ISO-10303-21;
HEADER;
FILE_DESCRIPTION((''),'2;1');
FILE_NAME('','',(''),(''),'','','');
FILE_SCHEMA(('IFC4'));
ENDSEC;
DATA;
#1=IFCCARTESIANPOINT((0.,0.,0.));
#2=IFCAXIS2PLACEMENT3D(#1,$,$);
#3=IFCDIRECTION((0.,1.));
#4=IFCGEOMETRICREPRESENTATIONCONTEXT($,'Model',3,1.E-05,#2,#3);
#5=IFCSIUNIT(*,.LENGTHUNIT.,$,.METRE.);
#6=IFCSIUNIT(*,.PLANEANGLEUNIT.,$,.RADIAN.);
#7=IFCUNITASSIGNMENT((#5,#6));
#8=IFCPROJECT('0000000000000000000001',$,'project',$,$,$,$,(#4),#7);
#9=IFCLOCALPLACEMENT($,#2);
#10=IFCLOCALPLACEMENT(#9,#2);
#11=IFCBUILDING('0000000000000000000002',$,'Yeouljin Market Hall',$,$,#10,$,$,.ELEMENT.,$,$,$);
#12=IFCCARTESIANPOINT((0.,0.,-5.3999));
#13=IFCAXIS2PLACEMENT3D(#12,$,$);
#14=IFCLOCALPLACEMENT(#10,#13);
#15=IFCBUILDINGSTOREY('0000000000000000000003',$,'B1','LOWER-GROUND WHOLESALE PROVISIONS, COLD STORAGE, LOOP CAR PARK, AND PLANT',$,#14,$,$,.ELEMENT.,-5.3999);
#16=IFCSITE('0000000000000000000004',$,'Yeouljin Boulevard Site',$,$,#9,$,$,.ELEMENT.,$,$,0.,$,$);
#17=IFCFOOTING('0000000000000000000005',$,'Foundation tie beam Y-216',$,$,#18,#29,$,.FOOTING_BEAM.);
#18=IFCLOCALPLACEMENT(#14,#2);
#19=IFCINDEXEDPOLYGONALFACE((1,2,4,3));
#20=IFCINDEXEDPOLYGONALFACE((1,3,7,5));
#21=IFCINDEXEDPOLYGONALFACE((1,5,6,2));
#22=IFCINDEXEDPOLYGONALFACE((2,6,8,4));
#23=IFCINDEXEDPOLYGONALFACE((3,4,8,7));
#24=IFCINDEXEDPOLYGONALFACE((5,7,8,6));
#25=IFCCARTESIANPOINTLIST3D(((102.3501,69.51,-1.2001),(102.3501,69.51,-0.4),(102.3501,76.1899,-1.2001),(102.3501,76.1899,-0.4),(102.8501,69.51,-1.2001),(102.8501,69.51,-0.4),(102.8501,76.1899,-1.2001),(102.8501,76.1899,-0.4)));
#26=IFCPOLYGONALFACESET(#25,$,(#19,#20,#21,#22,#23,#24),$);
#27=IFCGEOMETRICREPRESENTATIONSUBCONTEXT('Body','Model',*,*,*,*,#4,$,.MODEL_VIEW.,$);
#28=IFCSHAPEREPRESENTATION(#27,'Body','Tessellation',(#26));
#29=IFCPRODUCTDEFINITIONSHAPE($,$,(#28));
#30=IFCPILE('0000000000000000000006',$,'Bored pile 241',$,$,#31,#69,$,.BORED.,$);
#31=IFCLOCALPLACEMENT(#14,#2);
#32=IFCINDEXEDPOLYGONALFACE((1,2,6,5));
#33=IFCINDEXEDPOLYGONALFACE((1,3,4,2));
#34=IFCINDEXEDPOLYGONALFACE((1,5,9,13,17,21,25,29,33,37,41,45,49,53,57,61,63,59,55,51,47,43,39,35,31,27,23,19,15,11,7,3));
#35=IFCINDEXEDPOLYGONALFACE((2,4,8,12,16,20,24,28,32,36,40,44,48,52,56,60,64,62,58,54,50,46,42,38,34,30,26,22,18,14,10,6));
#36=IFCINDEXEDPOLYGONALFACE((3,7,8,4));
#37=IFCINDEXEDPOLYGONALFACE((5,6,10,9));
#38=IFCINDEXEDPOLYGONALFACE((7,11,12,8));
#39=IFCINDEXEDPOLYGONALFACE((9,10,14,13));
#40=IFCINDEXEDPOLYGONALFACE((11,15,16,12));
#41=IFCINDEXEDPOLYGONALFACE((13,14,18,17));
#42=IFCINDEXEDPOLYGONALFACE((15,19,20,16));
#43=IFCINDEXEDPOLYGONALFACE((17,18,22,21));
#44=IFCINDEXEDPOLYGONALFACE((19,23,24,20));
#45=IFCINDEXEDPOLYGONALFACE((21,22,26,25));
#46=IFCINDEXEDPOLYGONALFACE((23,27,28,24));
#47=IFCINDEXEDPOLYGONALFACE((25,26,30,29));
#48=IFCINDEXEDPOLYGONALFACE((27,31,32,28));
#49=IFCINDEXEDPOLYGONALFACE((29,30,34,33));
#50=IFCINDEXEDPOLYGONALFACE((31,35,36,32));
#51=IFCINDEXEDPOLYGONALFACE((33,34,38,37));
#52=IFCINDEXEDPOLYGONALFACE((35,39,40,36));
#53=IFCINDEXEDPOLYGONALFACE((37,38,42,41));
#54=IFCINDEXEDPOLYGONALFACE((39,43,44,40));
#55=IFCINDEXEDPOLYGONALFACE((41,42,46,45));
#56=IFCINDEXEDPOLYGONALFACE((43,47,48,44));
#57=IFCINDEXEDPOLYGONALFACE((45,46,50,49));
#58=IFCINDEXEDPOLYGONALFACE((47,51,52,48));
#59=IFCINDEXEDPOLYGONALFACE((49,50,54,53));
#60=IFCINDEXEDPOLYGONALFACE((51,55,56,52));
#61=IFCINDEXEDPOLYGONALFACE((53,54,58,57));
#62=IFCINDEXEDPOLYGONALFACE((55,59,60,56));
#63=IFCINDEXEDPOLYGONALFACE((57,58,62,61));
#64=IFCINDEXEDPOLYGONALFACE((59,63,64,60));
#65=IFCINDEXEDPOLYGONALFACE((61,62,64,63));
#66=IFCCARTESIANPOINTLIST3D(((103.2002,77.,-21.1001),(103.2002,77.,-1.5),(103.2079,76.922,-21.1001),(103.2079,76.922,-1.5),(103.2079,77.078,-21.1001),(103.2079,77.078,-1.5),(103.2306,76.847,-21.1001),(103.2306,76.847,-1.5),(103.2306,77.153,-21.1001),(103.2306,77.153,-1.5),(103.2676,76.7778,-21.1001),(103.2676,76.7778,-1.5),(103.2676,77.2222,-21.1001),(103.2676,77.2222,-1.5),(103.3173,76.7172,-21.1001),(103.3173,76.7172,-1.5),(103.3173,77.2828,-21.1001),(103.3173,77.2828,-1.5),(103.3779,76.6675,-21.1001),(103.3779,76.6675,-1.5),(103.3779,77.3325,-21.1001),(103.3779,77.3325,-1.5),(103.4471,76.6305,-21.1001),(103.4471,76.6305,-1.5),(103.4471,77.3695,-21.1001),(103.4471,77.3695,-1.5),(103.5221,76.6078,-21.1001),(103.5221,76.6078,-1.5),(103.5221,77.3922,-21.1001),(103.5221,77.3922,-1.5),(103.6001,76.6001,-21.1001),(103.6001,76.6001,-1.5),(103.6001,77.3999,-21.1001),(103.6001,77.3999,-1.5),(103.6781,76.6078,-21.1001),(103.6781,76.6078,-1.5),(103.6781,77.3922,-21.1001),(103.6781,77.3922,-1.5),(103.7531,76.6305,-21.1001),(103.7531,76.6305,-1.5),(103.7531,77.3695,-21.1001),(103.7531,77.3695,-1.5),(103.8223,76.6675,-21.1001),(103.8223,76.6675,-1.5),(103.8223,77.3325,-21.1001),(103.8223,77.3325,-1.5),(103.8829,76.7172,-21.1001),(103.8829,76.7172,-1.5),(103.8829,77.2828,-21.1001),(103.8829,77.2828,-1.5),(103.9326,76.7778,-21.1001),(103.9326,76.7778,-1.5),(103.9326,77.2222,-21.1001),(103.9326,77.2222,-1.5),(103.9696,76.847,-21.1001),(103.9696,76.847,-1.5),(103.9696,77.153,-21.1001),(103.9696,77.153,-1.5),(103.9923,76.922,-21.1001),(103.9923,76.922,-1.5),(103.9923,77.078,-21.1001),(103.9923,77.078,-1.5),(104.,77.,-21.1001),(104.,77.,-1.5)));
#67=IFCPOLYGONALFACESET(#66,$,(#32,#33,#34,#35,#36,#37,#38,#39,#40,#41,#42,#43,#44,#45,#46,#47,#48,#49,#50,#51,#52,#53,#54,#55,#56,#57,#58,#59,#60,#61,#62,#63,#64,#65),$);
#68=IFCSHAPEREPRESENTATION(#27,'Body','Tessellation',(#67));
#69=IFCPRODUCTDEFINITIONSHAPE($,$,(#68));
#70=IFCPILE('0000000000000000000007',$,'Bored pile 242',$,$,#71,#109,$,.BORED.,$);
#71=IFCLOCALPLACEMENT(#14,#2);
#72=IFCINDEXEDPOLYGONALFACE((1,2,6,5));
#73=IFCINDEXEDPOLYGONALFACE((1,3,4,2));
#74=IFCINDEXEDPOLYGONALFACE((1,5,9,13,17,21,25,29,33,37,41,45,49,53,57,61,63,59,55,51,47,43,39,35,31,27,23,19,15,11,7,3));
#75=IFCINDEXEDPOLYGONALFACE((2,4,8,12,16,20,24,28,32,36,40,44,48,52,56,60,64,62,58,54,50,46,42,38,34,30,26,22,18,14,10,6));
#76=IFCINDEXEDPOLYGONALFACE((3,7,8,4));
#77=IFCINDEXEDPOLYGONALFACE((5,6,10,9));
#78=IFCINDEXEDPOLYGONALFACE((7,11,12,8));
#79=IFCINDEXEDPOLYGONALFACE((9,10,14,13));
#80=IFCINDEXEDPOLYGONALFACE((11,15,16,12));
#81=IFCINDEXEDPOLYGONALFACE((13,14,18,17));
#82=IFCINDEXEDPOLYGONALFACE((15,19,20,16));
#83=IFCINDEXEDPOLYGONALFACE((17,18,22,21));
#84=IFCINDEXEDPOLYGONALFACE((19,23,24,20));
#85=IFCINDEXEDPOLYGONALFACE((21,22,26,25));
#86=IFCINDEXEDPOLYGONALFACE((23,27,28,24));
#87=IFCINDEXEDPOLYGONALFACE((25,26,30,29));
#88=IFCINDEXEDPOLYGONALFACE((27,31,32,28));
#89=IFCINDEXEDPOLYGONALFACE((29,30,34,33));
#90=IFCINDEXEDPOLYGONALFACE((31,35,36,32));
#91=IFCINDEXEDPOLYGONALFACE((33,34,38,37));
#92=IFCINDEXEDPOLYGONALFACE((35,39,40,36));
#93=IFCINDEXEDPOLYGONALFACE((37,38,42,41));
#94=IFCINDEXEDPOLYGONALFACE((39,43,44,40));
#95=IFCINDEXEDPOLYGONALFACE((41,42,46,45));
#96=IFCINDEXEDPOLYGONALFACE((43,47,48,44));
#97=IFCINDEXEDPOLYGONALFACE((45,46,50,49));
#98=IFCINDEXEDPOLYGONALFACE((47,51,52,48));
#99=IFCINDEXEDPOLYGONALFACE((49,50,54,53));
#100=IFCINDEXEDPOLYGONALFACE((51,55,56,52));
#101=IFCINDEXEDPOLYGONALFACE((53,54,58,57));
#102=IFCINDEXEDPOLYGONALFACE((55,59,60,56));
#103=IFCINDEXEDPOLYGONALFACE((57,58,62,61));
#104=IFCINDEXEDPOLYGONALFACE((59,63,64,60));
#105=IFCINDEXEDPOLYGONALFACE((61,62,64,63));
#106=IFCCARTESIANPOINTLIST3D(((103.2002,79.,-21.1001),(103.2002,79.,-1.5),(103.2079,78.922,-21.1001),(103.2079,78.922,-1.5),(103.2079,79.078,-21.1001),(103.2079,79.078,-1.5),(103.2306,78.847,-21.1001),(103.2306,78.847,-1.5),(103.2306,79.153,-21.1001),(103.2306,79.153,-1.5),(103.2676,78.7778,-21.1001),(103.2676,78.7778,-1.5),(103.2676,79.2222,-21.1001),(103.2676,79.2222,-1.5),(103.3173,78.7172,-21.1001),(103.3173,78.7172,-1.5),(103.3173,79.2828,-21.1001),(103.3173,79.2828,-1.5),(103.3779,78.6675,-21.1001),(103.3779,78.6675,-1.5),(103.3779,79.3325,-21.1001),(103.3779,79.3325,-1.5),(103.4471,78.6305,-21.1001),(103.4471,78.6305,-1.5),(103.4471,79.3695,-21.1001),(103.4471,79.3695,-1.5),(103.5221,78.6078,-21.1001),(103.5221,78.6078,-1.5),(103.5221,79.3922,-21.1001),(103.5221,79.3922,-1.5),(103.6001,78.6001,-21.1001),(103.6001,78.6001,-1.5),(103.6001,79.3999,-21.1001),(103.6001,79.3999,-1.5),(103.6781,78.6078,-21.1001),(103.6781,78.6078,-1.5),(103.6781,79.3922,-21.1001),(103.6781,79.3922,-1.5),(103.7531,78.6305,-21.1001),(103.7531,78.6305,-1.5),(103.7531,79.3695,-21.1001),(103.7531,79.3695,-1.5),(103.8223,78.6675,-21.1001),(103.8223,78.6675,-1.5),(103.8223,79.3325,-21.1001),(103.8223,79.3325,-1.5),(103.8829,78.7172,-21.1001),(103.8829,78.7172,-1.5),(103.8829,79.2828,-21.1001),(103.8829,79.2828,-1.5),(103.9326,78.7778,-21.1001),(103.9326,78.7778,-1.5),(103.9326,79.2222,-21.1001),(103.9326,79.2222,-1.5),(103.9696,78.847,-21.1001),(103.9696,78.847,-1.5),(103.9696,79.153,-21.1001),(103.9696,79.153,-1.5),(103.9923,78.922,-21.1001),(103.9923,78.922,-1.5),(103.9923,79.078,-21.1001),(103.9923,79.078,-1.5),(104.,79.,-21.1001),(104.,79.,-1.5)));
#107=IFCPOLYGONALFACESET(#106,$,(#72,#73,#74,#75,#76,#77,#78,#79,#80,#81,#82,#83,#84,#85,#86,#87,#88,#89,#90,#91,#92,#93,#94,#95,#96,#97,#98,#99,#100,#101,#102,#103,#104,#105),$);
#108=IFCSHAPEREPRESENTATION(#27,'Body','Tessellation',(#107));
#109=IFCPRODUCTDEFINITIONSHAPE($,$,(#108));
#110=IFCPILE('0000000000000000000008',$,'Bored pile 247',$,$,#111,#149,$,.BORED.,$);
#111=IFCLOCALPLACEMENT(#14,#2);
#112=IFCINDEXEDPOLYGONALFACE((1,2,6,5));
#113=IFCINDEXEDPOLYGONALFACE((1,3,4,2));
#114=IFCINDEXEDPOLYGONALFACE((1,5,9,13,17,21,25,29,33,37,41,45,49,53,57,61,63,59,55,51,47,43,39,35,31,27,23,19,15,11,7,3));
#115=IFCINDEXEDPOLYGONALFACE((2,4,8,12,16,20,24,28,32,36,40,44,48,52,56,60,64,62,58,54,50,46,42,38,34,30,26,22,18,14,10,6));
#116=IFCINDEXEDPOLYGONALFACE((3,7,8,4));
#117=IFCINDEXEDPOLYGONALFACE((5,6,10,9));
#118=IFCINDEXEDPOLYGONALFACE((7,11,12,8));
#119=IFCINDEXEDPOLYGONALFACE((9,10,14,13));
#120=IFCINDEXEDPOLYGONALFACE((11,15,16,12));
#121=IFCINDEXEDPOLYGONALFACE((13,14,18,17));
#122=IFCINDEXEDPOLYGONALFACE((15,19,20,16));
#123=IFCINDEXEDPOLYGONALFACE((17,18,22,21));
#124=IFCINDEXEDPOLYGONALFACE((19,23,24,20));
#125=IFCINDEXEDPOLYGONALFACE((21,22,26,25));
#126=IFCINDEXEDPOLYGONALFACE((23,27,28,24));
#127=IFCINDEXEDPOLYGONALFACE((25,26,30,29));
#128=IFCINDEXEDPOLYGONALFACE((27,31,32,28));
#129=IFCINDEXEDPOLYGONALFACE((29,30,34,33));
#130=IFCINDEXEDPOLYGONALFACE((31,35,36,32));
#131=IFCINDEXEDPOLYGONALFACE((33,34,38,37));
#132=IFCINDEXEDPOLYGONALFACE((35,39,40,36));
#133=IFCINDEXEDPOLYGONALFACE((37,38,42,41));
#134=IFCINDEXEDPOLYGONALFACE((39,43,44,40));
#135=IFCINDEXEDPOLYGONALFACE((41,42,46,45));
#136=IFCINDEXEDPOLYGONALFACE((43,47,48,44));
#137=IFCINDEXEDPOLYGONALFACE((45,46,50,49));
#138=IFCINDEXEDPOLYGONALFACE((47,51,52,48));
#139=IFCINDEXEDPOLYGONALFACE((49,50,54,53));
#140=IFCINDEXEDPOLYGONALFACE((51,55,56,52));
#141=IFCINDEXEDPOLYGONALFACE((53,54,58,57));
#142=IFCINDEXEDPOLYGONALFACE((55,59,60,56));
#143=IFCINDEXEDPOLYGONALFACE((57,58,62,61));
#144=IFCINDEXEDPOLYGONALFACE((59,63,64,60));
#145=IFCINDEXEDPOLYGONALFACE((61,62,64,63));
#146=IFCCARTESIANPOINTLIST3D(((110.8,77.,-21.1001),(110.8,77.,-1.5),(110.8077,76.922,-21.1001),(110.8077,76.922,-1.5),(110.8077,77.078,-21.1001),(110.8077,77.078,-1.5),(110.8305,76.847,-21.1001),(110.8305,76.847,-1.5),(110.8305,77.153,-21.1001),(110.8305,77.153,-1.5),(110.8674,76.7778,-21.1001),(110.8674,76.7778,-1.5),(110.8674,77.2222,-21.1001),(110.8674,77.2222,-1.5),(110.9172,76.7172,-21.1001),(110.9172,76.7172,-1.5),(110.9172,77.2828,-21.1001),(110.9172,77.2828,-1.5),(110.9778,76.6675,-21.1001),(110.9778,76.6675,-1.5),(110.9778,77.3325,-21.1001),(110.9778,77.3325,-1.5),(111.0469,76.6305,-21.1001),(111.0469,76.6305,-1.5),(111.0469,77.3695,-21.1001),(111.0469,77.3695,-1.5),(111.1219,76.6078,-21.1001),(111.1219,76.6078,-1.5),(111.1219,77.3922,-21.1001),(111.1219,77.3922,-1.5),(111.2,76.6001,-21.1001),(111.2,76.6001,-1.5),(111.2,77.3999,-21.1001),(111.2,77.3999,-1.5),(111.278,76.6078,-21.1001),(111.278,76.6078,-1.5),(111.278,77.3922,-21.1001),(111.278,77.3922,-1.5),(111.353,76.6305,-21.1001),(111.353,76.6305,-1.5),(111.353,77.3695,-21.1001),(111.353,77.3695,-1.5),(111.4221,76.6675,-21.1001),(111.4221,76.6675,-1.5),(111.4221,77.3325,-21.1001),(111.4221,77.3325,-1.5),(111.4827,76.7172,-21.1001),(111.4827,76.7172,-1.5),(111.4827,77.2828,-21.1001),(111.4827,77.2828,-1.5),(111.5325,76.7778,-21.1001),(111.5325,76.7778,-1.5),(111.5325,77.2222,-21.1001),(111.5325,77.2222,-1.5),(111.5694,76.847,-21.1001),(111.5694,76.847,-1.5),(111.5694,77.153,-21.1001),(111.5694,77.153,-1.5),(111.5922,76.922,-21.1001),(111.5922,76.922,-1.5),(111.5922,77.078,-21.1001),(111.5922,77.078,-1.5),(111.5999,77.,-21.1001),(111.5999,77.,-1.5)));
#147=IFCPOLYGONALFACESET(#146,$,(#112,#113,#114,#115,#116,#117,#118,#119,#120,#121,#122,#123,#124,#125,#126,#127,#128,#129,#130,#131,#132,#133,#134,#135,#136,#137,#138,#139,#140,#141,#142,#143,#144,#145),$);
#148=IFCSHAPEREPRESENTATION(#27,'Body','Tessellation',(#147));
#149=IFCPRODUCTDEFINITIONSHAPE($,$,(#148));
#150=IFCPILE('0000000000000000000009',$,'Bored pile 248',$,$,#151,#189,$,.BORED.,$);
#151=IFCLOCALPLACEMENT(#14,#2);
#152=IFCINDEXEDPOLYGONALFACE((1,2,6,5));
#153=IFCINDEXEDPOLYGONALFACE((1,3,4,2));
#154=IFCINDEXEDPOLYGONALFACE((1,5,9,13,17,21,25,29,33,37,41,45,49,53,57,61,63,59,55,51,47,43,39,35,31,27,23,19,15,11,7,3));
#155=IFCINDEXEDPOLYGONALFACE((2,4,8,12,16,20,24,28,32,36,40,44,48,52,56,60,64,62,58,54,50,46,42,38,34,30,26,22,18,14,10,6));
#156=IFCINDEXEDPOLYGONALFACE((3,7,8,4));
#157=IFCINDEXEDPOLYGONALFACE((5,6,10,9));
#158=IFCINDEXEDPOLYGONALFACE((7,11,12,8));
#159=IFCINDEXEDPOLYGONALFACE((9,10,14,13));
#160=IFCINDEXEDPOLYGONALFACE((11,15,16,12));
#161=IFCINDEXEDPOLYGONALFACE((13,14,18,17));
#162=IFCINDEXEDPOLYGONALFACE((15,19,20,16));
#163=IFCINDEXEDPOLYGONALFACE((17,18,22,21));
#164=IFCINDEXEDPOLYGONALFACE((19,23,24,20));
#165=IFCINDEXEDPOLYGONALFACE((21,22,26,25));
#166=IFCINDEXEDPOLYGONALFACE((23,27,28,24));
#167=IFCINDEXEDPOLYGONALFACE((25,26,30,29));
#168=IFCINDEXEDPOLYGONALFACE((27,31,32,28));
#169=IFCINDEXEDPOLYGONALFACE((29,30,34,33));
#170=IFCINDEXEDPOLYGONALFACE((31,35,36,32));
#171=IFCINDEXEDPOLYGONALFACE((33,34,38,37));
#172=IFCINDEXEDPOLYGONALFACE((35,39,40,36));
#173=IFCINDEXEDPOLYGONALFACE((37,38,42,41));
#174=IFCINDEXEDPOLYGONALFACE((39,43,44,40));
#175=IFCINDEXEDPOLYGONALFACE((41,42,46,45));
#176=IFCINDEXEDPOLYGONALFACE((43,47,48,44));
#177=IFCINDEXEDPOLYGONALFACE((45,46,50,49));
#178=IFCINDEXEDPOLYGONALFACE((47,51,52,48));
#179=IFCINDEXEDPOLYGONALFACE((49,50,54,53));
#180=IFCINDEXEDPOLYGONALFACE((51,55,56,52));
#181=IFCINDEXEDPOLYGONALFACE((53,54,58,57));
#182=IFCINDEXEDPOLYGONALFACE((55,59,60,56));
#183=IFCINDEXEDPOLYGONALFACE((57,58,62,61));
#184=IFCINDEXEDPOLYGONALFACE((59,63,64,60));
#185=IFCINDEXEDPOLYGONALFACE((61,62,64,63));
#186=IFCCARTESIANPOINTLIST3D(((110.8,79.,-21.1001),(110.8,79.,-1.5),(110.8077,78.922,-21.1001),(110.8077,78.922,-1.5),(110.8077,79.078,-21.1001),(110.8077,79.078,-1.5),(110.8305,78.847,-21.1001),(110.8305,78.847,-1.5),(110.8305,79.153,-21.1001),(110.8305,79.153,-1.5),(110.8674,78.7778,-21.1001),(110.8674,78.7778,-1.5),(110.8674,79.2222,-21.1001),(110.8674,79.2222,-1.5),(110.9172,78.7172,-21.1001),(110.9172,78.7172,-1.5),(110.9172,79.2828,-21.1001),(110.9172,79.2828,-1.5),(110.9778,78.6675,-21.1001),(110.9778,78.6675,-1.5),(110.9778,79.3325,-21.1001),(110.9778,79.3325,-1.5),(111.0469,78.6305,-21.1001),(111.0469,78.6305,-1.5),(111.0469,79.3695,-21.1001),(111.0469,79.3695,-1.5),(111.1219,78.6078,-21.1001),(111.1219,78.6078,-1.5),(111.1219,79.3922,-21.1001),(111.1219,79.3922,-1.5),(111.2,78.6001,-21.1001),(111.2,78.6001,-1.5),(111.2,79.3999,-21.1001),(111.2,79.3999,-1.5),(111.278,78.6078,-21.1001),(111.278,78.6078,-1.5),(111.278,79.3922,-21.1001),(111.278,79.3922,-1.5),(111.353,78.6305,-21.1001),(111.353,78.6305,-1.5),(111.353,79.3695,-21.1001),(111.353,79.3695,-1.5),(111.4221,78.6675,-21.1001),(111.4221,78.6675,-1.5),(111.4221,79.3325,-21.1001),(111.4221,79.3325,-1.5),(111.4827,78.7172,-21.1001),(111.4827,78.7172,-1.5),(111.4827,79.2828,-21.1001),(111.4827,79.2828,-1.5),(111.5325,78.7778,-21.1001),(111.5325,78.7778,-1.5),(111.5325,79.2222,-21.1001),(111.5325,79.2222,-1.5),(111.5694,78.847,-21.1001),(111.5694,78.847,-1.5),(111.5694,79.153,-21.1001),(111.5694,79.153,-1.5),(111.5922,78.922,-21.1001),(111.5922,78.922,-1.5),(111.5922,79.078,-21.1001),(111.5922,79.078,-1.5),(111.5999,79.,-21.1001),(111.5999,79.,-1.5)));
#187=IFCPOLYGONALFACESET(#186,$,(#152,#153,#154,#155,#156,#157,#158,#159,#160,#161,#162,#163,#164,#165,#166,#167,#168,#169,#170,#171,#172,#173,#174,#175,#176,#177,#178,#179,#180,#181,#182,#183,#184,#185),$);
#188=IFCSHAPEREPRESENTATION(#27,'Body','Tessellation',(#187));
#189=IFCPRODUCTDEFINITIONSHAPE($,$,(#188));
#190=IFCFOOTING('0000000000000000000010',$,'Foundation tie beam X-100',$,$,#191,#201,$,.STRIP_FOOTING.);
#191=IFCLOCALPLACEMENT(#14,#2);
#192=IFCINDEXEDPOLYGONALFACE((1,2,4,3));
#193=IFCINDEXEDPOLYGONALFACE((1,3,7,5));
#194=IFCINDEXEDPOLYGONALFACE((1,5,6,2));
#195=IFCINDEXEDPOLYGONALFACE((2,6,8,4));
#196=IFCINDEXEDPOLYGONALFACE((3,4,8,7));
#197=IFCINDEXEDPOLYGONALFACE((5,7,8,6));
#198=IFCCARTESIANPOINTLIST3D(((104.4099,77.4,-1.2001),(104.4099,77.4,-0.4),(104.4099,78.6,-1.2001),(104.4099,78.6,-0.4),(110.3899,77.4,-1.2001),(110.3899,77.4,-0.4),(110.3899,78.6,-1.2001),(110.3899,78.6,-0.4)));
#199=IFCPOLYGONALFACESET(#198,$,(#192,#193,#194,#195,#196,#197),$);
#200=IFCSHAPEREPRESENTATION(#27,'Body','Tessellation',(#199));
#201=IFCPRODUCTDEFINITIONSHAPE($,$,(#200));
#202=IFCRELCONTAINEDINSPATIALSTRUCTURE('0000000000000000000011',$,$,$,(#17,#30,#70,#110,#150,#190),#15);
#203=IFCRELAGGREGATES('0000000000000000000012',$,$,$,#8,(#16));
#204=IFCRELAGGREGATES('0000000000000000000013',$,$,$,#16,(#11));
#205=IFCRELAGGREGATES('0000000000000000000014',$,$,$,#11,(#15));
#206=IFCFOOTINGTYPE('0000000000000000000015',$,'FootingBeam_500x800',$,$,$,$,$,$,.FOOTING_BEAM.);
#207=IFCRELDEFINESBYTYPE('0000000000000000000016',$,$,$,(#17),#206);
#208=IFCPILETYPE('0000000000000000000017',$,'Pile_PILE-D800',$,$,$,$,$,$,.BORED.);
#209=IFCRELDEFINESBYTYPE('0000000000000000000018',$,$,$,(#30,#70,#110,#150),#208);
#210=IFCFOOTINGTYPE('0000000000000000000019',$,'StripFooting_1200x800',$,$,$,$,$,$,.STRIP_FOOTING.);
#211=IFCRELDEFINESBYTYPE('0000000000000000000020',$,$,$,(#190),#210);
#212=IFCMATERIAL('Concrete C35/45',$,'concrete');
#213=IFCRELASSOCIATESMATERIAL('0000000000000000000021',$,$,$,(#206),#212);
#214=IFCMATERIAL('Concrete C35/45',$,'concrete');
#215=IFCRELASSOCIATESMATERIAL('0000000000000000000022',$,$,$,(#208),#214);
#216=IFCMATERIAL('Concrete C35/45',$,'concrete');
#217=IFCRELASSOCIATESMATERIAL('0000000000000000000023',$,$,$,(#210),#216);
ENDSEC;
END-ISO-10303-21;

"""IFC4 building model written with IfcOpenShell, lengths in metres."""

from ifc_helpers import new_model, si_unit, direction, frame, origin, origin_2d, place, context, subcontext, project, spatial, rectangle, circle, extrude, material, material_profile, profile_set, type_object, element, save


model = new_model("IFC4")

# Units and contexts
model_context = context("Model", 3, precision=1e-05, world=origin(), true_north=direction((0.0, 1.0)))
body_context = subcontext(model_context, "Body", "Model", "MODEL_VIEW")
ifc_project = project(units=[si_unit("LENGTHUNIT", "METRE"), si_unit("PLANEANGLEUNIT", "RADIAN")], contexts=[model_context])

# Site, building, storey
site_placement = place(None, origin())
site = spatial("IfcSite", under=ifc_project, at=site_placement, Name="Yeouljin Boulevard Site", CompositionType="ELEMENT", RefElevation=0.0)
building_placement = place(site_placement, origin())
building = spatial("IfcBuilding", under=site, at=building_placement, Name="Yeouljin Market Hall", CompositionType="ELEMENT")
storey_placement = place(building_placement, frame((0.0, 0.0, -5.3999)))
storey = spatial("IfcBuildingStorey", under=building, at=storey_placement, Name="B1", Description="LOWER-GROUND WHOLESALE PROVISIONS, COLD STORAGE, LOOP CAR PARK, AND PLANT", CompositionType="ELEMENT", Elevation=-5.3999)

# Footing
ifc_material_1 = material(Name="Concrete C35/45", Category="concrete")
ifc_material_profile_1 = material_profile(ifc_material_1, rectangle(XDim=0.5, YDim=0.8, at=origin_2d()), Name="RC-500x800")
ifc_profile_set_1 = profile_set([ifc_material_profile_1], Name="Concrete C35/45")
footing_type_1 = type_object("IfcFootingType", Name="FootingBeam_500x800", PredefinedType="FOOTING_BEAM", material=ifc_profile_set_1)
footing_1_placement = place(storey_placement, frame((102.6001, 69.51, -0.8), z_axis=(0.0, 1.0, 0.0), x_axis=(-1.0, 0.0, 0.0)))
element("IfcFooting", 1, at=footing_1_placement, inside=storey, type_object=footing_type_1, Name="Foundation tie beam Y-216", PredefinedType="FOOTING_BEAM", context=body_context, shape_type="SweptSolid", body=[
    extrude(rectangle(XDim=0.5, YDim=0.8, at=origin_2d()), origin(), (0.0, 0.0, 1.0), 6.6799),
])

# Piles
ifc_material_2 = material(Name="Concrete C35/45", Category="concrete")
ifc_material_profile_2 = material_profile(ifc_material_2, circle(Radius=0.3999, at=origin_2d()), Name="PILE-D800")
ifc_profile_set_2 = profile_set([ifc_material_profile_2], Name="Concrete C35/45")
pile_type = type_object("IfcPileType", Name="Pile_PILE-D800", PredefinedType="BORED", material=ifc_profile_set_2)
for number, where, z_axis, x_axis, name in (
    (2, (103.6001, 77.0, -1.5), (0.0, 0.0, -1.0), (1.0, 0.0, 0.0), "Bored pile 241"),
    (3, (103.6001, 79.0, -1.5), (0.0, 0.0, -1.0), (1.0, 0.0, 0.0), "Bored pile 242"),
    (4, (111.2, 77.0, -1.5), (0.0, 0.0, -1.0), (1.0, 0.0, 0.0), "Bored pile 247"),
    (5, (111.2, 79.0, -1.5), (0.0, 0.0, -1.0), (1.0, 0.0, 0.0), "Bored pile 248"),
):
    element("IfcPile", number, at=place(storey_placement, frame(where, z_axis=z_axis, x_axis=x_axis)), inside=storey, type_object=pile_type, Name=name, PredefinedType="BORED", context=body_context, shape_type="SweptSolid", body=[
        extrude(circle(Radius=0.3999, at=origin_2d()), origin(), (0.0, 0.0, 1.0), 19.6001),
    ])

# Footing
ifc_material_3 = material(Name="Concrete C35/45", Category="concrete")
ifc_material_profile_3 = material_profile(ifc_material_3, rectangle(XDim=1.2, YDim=0.8, at=origin_2d()), Name="SF-1200x800")
ifc_profile_set_3 = profile_set([ifc_material_profile_3], Name="Concrete C35/45")
footing_type_2 = type_object("IfcFootingType", Name="StripFooting_1200x800", PredefinedType="STRIP_FOOTING", material=ifc_profile_set_3)
footing_2_placement = place(storey_placement, frame((104.4099, 78.0, -0.8), z_axis=(1.0, 0.0, 0.0), x_axis=(0.0, 1.0, 0.0)))
element("IfcFooting", 6, at=footing_2_placement, inside=storey, type_object=footing_type_2, Name="Foundation tie beam X-100", PredefinedType="STRIP_FOOTING", context=body_context, shape_type="SweptSolid", body=[
    extrude(rectangle(XDim=1.2, YDim=0.8, at=origin_2d()), origin(), (0.0, 0.0, 1.0), 5.98),
])

save(model, "model.ifc")
